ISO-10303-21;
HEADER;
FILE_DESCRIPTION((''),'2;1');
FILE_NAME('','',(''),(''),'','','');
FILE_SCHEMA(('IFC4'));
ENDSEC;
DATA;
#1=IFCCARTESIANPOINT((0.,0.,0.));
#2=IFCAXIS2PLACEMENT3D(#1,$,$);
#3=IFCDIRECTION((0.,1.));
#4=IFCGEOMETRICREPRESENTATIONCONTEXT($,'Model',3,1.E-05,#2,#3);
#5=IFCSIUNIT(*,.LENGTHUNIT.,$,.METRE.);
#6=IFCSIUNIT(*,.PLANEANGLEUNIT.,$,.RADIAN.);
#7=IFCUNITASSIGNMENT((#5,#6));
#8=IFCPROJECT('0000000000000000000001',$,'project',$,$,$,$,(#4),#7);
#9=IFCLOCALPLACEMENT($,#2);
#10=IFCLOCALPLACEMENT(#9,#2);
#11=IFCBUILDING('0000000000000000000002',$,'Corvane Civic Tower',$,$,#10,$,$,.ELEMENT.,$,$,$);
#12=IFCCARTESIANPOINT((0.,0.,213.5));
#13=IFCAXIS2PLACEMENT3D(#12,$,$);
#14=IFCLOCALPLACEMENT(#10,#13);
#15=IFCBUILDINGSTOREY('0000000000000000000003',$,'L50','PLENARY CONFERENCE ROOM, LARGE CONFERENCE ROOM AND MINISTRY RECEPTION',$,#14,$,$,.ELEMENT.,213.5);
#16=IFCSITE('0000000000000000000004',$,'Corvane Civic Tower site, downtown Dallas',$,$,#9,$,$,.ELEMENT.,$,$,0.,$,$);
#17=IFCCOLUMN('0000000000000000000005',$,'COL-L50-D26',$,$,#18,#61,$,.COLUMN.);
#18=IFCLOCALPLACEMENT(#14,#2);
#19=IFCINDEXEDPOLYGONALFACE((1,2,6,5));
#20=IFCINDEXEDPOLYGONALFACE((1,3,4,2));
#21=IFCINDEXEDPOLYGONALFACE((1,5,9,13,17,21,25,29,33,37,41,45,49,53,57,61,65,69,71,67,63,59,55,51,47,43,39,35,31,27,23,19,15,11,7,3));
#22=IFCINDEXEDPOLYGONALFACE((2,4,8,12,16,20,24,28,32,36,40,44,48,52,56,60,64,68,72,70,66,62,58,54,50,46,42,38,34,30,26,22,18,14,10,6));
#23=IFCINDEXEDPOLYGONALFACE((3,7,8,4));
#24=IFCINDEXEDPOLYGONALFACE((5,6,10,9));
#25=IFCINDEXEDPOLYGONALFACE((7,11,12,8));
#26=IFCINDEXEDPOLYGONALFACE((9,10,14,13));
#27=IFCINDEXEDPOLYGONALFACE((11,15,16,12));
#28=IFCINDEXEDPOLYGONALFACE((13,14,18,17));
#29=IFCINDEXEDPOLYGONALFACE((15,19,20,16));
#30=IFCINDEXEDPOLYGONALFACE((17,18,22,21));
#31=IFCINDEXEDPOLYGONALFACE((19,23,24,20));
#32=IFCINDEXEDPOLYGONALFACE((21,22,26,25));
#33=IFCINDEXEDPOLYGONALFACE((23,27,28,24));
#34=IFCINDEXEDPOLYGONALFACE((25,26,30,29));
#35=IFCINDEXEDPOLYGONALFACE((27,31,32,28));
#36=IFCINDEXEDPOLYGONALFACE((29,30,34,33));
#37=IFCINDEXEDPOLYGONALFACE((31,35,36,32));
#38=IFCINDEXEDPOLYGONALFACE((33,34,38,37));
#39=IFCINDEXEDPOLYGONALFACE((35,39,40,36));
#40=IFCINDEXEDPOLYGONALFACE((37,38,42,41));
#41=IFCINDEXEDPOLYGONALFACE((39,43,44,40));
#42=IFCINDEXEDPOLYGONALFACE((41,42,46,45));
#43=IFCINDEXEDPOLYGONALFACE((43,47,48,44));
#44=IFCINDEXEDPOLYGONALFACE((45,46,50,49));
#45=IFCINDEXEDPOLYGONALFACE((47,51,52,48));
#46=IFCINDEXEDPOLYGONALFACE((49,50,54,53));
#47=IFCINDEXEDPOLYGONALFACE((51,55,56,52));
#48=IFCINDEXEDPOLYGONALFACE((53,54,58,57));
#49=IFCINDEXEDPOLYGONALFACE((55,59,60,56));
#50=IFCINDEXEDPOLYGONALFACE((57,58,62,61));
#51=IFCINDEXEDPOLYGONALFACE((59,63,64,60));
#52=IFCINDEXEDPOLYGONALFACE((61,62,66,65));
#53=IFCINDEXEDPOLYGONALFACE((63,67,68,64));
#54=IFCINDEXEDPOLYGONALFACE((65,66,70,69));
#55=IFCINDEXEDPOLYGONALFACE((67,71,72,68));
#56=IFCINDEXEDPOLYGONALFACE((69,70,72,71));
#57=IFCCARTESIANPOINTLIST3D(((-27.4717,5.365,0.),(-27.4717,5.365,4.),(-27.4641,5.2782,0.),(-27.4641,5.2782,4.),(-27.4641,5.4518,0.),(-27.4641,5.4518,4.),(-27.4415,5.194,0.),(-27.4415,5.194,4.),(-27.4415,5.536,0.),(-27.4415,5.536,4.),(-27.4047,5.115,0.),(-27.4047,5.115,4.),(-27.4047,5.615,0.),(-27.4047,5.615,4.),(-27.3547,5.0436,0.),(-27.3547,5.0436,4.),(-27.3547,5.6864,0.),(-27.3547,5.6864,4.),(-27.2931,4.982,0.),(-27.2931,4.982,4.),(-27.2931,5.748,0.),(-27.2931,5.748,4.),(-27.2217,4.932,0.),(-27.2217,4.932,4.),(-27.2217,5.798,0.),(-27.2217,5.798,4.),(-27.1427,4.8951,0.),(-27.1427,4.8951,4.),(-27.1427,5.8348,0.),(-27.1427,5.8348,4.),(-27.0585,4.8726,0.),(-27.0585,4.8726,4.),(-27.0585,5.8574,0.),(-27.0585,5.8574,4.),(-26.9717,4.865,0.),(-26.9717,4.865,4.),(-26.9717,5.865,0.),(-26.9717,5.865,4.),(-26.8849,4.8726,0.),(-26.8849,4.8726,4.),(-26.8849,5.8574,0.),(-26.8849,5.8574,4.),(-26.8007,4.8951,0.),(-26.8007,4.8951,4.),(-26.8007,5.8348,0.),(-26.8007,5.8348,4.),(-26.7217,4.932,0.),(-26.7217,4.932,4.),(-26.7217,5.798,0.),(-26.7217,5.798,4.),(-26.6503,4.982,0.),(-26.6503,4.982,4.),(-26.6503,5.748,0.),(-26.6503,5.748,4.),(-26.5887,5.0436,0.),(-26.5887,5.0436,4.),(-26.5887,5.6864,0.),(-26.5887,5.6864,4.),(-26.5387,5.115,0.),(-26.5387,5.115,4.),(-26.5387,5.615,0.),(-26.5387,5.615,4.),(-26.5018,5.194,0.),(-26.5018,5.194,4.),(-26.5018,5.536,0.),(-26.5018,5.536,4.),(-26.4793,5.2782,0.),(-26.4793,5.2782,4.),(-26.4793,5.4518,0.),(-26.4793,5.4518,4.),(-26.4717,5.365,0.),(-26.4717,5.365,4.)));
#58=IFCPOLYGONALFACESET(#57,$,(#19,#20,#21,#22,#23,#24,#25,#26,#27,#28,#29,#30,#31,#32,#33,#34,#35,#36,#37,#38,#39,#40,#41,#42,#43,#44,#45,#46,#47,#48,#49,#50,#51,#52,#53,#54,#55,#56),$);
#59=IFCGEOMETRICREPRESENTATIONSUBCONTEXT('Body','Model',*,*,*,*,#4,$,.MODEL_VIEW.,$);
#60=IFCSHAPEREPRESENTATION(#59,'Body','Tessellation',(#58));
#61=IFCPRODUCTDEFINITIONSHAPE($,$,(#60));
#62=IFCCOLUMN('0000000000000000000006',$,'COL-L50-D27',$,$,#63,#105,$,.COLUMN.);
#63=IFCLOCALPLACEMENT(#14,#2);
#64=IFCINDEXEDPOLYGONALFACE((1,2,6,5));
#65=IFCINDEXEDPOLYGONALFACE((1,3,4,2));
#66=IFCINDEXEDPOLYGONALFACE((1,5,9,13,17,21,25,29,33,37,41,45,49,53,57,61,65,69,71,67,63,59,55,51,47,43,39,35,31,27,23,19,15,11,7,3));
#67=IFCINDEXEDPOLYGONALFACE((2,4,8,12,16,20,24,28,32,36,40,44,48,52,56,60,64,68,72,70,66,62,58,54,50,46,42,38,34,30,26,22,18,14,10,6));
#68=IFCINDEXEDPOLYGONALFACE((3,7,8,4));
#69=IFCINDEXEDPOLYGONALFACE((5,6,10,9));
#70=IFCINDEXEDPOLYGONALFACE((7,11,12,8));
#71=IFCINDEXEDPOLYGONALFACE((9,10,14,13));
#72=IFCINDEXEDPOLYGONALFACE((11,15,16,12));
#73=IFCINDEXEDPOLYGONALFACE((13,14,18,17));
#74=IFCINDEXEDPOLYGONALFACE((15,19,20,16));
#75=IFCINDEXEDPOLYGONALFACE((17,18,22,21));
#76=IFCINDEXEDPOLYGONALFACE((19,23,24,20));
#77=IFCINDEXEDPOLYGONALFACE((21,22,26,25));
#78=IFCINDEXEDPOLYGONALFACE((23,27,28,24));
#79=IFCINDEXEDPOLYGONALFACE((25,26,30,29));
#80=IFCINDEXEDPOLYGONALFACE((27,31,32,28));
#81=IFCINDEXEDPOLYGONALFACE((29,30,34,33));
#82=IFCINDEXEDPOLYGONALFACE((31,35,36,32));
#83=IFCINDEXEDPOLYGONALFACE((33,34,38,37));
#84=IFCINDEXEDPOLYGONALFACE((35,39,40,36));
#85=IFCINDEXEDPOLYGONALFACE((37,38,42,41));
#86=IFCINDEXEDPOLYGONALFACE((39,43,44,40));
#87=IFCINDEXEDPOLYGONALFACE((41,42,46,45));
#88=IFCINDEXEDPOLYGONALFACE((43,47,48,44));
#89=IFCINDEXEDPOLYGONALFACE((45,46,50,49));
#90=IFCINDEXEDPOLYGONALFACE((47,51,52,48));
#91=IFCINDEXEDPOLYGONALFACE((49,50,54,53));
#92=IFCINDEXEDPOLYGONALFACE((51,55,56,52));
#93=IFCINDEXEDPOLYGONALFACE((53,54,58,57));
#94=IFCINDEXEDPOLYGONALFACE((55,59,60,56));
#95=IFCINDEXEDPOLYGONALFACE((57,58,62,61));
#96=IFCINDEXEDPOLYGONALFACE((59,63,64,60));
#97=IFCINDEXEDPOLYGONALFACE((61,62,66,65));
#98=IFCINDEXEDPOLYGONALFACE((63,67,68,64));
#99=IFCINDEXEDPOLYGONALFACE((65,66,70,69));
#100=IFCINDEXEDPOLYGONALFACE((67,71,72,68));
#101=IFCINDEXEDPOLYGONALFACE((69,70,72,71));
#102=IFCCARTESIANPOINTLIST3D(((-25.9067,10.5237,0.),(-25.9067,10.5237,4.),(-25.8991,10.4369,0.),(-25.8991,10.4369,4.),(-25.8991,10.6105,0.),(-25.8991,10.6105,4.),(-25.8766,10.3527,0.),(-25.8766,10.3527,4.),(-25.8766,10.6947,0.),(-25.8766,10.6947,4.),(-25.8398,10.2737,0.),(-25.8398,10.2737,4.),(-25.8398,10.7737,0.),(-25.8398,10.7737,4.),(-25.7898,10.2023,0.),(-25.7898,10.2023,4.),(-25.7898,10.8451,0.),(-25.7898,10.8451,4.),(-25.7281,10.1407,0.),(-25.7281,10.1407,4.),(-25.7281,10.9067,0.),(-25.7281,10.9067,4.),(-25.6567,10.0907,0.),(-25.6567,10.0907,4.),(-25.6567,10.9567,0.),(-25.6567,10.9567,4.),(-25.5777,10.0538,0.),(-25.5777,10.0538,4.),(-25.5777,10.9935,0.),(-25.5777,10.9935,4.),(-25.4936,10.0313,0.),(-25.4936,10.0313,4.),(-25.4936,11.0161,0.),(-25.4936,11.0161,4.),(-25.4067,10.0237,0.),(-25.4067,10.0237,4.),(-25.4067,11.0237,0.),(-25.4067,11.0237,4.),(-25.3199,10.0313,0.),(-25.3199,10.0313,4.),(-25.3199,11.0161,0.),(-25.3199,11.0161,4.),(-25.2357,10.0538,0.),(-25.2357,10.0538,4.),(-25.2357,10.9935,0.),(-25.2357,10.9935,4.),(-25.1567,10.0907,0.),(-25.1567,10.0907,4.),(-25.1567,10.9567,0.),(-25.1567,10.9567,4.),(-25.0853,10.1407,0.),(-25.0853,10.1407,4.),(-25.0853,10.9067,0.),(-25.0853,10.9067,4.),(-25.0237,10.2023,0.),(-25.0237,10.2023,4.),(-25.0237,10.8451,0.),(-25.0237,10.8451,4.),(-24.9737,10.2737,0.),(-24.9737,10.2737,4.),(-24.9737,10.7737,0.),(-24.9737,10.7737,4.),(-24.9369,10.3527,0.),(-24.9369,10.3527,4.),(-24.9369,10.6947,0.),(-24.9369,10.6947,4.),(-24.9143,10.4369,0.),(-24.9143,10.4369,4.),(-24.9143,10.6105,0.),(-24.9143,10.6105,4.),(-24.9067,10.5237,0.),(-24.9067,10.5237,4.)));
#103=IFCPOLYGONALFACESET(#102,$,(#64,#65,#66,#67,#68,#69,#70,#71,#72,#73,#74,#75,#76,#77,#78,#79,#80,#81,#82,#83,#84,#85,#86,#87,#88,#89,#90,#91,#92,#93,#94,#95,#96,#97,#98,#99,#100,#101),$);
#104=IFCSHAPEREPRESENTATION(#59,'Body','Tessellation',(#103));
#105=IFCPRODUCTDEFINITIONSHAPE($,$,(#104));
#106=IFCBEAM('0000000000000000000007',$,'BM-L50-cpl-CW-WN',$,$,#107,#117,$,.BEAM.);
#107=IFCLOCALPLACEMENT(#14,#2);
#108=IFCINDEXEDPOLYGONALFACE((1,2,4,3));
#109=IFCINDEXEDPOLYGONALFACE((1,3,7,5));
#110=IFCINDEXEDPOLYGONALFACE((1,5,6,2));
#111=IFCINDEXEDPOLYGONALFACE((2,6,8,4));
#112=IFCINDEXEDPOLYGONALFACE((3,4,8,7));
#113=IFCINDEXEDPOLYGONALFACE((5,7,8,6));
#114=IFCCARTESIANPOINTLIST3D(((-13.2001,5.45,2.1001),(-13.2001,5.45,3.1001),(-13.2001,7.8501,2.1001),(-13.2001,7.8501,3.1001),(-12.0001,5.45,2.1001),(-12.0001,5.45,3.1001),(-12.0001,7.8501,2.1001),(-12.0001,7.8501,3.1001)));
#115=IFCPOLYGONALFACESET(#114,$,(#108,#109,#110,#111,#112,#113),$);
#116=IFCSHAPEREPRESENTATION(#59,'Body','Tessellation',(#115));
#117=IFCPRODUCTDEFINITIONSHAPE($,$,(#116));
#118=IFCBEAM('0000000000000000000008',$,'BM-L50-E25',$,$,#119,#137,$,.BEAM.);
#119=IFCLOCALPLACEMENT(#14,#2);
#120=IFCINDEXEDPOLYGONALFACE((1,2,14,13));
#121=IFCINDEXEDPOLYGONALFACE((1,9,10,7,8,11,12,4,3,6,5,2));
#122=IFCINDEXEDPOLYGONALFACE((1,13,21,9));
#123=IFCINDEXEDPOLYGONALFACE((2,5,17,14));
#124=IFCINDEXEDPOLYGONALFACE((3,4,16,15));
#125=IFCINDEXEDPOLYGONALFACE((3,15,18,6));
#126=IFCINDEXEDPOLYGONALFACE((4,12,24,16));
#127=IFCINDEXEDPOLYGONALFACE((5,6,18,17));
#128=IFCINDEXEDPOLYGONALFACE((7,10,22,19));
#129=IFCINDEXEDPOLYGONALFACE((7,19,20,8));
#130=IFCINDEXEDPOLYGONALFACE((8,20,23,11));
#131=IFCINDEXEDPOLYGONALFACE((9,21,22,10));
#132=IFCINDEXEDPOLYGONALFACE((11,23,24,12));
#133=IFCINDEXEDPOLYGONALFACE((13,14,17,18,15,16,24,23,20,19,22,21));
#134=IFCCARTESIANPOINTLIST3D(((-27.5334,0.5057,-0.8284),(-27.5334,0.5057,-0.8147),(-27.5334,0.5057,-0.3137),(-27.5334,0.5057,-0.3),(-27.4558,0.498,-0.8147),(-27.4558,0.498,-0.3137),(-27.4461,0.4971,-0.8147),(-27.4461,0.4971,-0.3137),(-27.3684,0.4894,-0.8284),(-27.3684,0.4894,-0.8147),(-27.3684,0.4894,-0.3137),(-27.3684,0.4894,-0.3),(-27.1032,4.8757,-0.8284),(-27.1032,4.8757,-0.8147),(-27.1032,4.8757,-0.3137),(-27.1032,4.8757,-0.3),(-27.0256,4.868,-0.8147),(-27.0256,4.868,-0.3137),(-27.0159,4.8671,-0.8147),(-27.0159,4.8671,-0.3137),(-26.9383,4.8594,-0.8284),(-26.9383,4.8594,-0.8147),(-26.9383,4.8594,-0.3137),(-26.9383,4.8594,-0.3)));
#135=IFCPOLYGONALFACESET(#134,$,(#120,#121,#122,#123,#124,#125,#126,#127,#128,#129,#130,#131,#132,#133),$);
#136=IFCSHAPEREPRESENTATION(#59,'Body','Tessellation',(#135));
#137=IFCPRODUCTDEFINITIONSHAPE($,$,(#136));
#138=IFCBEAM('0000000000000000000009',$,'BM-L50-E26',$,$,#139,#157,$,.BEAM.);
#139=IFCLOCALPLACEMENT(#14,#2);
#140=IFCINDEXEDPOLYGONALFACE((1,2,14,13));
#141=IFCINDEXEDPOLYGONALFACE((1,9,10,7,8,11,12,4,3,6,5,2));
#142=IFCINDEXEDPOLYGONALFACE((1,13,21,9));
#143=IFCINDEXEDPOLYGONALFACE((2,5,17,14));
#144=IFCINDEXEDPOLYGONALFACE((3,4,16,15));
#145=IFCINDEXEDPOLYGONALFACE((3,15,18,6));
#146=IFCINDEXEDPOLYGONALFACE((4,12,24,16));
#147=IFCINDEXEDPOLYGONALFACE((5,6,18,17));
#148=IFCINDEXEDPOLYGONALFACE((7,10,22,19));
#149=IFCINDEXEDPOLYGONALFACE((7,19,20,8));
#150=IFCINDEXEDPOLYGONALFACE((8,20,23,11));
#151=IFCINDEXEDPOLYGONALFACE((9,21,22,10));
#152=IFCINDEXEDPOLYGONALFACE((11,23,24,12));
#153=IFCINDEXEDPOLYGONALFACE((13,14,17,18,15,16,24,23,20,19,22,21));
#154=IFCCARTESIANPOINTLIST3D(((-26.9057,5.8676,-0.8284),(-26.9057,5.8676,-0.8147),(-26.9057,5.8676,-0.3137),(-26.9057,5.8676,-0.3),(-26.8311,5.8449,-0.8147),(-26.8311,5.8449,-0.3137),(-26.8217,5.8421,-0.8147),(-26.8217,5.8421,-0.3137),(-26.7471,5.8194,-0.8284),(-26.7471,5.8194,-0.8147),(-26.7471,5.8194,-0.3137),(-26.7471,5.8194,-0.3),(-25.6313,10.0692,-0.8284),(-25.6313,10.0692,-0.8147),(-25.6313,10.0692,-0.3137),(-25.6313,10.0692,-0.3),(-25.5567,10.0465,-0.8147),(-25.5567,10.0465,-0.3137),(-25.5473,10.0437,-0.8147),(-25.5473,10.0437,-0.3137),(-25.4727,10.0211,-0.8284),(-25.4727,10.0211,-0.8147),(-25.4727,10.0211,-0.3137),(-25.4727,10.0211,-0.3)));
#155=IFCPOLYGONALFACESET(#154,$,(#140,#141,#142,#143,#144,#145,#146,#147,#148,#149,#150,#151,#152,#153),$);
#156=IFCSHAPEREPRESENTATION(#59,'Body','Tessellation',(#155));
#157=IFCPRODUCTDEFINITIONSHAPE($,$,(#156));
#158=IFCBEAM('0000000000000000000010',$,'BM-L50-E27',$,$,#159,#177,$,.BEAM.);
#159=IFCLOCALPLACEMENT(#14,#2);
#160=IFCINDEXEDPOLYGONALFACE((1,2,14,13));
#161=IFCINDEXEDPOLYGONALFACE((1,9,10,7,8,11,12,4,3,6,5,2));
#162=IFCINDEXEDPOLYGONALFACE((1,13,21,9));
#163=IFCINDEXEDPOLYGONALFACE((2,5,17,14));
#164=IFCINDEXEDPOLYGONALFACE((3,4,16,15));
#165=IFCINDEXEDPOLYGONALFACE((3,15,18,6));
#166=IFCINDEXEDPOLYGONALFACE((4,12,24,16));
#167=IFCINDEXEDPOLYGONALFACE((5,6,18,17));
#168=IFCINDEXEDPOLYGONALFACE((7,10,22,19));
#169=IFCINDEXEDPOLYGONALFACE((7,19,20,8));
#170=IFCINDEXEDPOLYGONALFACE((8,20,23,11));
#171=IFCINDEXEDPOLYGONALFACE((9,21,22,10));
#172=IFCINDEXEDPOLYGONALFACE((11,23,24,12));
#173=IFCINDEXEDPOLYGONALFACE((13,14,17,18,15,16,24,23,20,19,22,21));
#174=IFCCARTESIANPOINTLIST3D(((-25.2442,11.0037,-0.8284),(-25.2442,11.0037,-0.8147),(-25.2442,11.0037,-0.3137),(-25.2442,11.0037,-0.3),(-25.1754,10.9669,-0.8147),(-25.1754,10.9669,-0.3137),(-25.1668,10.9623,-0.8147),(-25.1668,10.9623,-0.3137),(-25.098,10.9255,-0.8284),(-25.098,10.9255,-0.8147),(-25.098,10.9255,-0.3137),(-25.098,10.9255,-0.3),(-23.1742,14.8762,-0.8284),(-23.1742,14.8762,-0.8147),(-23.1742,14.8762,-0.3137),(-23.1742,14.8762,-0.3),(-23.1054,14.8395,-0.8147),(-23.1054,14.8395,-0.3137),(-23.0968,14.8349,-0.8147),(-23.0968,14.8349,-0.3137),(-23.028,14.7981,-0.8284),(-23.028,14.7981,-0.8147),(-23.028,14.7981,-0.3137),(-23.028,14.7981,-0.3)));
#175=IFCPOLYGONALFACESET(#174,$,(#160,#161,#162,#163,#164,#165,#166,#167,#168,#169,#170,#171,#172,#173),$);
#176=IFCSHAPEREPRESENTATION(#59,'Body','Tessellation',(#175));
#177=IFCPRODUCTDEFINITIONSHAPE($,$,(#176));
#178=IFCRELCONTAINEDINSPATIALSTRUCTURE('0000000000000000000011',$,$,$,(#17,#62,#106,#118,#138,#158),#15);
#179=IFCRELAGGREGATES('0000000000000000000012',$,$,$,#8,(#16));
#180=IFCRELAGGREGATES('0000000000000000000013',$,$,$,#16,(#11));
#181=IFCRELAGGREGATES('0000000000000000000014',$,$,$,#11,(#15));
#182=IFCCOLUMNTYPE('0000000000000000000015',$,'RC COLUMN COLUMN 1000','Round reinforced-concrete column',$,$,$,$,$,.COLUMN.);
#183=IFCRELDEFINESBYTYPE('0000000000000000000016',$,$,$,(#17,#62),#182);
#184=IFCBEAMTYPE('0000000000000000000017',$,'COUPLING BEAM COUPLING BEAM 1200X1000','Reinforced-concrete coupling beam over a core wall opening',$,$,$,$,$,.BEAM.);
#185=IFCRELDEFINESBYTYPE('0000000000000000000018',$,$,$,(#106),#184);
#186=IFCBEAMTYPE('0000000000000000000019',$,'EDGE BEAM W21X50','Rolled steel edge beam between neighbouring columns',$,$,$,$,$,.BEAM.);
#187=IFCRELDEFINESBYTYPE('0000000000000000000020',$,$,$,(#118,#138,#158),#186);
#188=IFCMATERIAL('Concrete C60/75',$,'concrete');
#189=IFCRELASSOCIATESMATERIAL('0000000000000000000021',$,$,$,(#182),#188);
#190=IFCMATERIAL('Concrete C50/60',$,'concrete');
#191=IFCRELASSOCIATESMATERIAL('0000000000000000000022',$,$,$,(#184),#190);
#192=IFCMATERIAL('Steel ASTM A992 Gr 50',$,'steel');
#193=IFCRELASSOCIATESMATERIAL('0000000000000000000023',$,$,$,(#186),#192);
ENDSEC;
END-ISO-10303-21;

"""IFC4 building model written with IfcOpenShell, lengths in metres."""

from ifc_helpers import new_model, si_unit, direction, frame, origin, origin_2d, place, context, subcontext, project, spatial, rectangle, circle, i_section, extrude, material, material_profile, profile_set, type_object, element, save


model = new_model("IFC4")

# Units and contexts
model_context = context("Model", 3, precision=1e-05, world=origin(), true_north=direction((0.0, 1.0)))
body_context = subcontext(model_context, "Body", "Model", "MODEL_VIEW")
ifc_project = project(units=[si_unit("LENGTHUNIT", "METRE"), si_unit("PLANEANGLEUNIT", "RADIAN")], contexts=[model_context])

# Site, building, storey
site_placement = place(None, origin())
site = spatial("IfcSite", under=ifc_project, at=site_placement, Name="Corvane Civic Tower site, downtown Dallas", CompositionType="ELEMENT", RefElevation=0.0)
building_placement = place(site_placement, origin())
building = spatial("IfcBuilding", under=site, at=building_placement, Name="Corvane Civic Tower", CompositionType="ELEMENT")
storey_placement = place(building_placement, frame((0.0, 0.0, 213.5)))
storey = spatial("IfcBuildingStorey", under=building, at=storey_placement, Name="L50", Description="PLENARY CONFERENCE ROOM, LARGE CONFERENCE ROOM AND MINISTRY RECEPTION", CompositionType="ELEMENT", Elevation=213.5)

# Columns
ifc_material_1 = material(Name="Concrete C60/75", Category="concrete")
ifc_material_profile_1 = material_profile(ifc_material_1, circle(Radius=0.5, at=origin_2d()), Name="COLUMN 1000")
ifc_profile_set_1 = profile_set([ifc_material_profile_1], Name="Concrete C60/75")
column_type = type_object("IfcColumnType", Name="RC COLUMN COLUMN 1000", Description="Round reinforced-concrete column", PredefinedType="COLUMN", material=ifc_profile_set_1)
for number, where, z_axis, x_axis, name in (
    (1, (-26.9717, 5.365, 0.0), (0.0, 0.0, 1.0), (1.0, 0.0, 0.0), "COL-L50-D26"),
    (2, (-25.4067, 10.5237, 0.0), (0.0, 0.0, 1.0), (1.0, 0.0, 0.0), "COL-L50-D27"),
):
    element("IfcColumn", number, at=place(storey_placement, frame(where, z_axis=z_axis, x_axis=x_axis)), inside=storey, type_object=column_type, Name=name, PredefinedType="COLUMN", context=body_context, shape_type="SweptSolid", body=[
        extrude(circle(Radius=0.5, at=origin_2d()), origin(), (0.0, 0.0, 1.0), 4.0),
    ])

# Beams
ifc_material_2 = material(Name="Concrete C50/60", Category="concrete")
ifc_material_profile_2 = material_profile(ifc_material_2, rectangle(XDim=1.2, YDim=1.0, at=origin_2d()), Name="COUPLING BEAM 1200X1000")
ifc_profile_set_2 = profile_set([ifc_material_profile_2], Name="Concrete C50/60")
beam_type_1 = type_object("IfcBeamType", Name="COUPLING BEAM COUPLING BEAM 1200X1000", Description="Reinforced-concrete coupling beam over a core wall opening", PredefinedType="BEAM", material=ifc_profile_set_2)
beam_1_placement = place(storey_placement, frame((-12.6001, 5.45, 2.6001), z_axis=(0.0, 1.0, 0.0), x_axis=(-1.0, 0.0, 0.0)))
element("IfcBeam", 3, at=beam_1_placement, inside=storey, type_object=beam_type_1, Name="BM-L50-cpl-CW-WN", PredefinedType="BEAM", context=body_context, shape_type="SweptSolid", body=[
    extrude(rectangle(XDim=1.2, YDim=1.0, at=origin_2d()), origin(), (0.0, 0.0, 1.0), 2.4001),
])
ifc_material_3 = material(Name="Steel ASTM A992 Gr 50", Category="steel")
ifc_material_profile_3 = material_profile(ifc_material_3, i_section(OverallWidth=0.1658, OverallDepth=0.5283, WebThickness=0.0098, FlangeThickness=0.0137, at=origin_2d()), Name="W21X50")
ifc_profile_set_3 = profile_set([ifc_material_profile_3], Name="Steel ASTM A992 Gr 50")
beam_type_2 = type_object("IfcBeamType", Name="EDGE BEAM W21X50", Description="Rolled steel edge beam between neighbouring columns", PredefinedType="BEAM", material=ifc_profile_set_3)
beam_2_placement = place(storey_placement, frame((-27.4509, 0.4976, -0.5642), z_axis=(0.097968, 0.99519, 0.0), x_axis=(-0.99519, 0.097968, 0.0)))
element("IfcBeam", 4, at=beam_2_placement, inside=storey, type_object=beam_type_2, Name="BM-L50-E25", PredefinedType="BEAM", context=body_context, shape_type="SweptSolid", body=[
    extrude(i_section(OverallWidth=0.1658, OverallDepth=0.5283, WebThickness=0.0098, FlangeThickness=0.0137, at=origin_2d()), origin(), (0.0, 0.0, 1.0), 4.3911),
])
beam_3_placement = place(storey_placement, frame((-26.8264, 5.8435, -0.5642), z_axis=(0.290254, 0.95695, 0.0), x_axis=(-0.95695, 0.290254, 0.0)))
element("IfcBeam", 5, at=beam_3_placement, inside=storey, type_object=beam_type_2, Name="BM-L50-E26", PredefinedType="BEAM", context=body_context, shape_type="SweptSolid", body=[
    extrude(i_section(OverallWidth=0.1658, OverallDepth=0.5283, WebThickness=0.0098, FlangeThickness=0.0137, at=origin_2d()), origin(), (0.0, 0.0, 1.0), 4.3906),
])
beam_4_placement = place(storey_placement, frame((-25.1711, 10.9646, -0.5642), z_axis=(0.471422, 0.881908, 0.0), x_axis=(-0.881908, 0.471422, 0.0)))
element("IfcBeam", 6, at=beam_4_placement, inside=storey, type_object=beam_type_2, Name="BM-L50-E27", PredefinedType="BEAM", context=body_context, shape_type="SweptSolid", body=[
    extrude(i_section(OverallWidth=0.1658, OverallDepth=0.5283, WebThickness=0.0098, FlangeThickness=0.0137, at=origin_2d()), origin(), (0.0, 0.0, 1.0), 4.3911),
])

save(model, "model.ifc")
